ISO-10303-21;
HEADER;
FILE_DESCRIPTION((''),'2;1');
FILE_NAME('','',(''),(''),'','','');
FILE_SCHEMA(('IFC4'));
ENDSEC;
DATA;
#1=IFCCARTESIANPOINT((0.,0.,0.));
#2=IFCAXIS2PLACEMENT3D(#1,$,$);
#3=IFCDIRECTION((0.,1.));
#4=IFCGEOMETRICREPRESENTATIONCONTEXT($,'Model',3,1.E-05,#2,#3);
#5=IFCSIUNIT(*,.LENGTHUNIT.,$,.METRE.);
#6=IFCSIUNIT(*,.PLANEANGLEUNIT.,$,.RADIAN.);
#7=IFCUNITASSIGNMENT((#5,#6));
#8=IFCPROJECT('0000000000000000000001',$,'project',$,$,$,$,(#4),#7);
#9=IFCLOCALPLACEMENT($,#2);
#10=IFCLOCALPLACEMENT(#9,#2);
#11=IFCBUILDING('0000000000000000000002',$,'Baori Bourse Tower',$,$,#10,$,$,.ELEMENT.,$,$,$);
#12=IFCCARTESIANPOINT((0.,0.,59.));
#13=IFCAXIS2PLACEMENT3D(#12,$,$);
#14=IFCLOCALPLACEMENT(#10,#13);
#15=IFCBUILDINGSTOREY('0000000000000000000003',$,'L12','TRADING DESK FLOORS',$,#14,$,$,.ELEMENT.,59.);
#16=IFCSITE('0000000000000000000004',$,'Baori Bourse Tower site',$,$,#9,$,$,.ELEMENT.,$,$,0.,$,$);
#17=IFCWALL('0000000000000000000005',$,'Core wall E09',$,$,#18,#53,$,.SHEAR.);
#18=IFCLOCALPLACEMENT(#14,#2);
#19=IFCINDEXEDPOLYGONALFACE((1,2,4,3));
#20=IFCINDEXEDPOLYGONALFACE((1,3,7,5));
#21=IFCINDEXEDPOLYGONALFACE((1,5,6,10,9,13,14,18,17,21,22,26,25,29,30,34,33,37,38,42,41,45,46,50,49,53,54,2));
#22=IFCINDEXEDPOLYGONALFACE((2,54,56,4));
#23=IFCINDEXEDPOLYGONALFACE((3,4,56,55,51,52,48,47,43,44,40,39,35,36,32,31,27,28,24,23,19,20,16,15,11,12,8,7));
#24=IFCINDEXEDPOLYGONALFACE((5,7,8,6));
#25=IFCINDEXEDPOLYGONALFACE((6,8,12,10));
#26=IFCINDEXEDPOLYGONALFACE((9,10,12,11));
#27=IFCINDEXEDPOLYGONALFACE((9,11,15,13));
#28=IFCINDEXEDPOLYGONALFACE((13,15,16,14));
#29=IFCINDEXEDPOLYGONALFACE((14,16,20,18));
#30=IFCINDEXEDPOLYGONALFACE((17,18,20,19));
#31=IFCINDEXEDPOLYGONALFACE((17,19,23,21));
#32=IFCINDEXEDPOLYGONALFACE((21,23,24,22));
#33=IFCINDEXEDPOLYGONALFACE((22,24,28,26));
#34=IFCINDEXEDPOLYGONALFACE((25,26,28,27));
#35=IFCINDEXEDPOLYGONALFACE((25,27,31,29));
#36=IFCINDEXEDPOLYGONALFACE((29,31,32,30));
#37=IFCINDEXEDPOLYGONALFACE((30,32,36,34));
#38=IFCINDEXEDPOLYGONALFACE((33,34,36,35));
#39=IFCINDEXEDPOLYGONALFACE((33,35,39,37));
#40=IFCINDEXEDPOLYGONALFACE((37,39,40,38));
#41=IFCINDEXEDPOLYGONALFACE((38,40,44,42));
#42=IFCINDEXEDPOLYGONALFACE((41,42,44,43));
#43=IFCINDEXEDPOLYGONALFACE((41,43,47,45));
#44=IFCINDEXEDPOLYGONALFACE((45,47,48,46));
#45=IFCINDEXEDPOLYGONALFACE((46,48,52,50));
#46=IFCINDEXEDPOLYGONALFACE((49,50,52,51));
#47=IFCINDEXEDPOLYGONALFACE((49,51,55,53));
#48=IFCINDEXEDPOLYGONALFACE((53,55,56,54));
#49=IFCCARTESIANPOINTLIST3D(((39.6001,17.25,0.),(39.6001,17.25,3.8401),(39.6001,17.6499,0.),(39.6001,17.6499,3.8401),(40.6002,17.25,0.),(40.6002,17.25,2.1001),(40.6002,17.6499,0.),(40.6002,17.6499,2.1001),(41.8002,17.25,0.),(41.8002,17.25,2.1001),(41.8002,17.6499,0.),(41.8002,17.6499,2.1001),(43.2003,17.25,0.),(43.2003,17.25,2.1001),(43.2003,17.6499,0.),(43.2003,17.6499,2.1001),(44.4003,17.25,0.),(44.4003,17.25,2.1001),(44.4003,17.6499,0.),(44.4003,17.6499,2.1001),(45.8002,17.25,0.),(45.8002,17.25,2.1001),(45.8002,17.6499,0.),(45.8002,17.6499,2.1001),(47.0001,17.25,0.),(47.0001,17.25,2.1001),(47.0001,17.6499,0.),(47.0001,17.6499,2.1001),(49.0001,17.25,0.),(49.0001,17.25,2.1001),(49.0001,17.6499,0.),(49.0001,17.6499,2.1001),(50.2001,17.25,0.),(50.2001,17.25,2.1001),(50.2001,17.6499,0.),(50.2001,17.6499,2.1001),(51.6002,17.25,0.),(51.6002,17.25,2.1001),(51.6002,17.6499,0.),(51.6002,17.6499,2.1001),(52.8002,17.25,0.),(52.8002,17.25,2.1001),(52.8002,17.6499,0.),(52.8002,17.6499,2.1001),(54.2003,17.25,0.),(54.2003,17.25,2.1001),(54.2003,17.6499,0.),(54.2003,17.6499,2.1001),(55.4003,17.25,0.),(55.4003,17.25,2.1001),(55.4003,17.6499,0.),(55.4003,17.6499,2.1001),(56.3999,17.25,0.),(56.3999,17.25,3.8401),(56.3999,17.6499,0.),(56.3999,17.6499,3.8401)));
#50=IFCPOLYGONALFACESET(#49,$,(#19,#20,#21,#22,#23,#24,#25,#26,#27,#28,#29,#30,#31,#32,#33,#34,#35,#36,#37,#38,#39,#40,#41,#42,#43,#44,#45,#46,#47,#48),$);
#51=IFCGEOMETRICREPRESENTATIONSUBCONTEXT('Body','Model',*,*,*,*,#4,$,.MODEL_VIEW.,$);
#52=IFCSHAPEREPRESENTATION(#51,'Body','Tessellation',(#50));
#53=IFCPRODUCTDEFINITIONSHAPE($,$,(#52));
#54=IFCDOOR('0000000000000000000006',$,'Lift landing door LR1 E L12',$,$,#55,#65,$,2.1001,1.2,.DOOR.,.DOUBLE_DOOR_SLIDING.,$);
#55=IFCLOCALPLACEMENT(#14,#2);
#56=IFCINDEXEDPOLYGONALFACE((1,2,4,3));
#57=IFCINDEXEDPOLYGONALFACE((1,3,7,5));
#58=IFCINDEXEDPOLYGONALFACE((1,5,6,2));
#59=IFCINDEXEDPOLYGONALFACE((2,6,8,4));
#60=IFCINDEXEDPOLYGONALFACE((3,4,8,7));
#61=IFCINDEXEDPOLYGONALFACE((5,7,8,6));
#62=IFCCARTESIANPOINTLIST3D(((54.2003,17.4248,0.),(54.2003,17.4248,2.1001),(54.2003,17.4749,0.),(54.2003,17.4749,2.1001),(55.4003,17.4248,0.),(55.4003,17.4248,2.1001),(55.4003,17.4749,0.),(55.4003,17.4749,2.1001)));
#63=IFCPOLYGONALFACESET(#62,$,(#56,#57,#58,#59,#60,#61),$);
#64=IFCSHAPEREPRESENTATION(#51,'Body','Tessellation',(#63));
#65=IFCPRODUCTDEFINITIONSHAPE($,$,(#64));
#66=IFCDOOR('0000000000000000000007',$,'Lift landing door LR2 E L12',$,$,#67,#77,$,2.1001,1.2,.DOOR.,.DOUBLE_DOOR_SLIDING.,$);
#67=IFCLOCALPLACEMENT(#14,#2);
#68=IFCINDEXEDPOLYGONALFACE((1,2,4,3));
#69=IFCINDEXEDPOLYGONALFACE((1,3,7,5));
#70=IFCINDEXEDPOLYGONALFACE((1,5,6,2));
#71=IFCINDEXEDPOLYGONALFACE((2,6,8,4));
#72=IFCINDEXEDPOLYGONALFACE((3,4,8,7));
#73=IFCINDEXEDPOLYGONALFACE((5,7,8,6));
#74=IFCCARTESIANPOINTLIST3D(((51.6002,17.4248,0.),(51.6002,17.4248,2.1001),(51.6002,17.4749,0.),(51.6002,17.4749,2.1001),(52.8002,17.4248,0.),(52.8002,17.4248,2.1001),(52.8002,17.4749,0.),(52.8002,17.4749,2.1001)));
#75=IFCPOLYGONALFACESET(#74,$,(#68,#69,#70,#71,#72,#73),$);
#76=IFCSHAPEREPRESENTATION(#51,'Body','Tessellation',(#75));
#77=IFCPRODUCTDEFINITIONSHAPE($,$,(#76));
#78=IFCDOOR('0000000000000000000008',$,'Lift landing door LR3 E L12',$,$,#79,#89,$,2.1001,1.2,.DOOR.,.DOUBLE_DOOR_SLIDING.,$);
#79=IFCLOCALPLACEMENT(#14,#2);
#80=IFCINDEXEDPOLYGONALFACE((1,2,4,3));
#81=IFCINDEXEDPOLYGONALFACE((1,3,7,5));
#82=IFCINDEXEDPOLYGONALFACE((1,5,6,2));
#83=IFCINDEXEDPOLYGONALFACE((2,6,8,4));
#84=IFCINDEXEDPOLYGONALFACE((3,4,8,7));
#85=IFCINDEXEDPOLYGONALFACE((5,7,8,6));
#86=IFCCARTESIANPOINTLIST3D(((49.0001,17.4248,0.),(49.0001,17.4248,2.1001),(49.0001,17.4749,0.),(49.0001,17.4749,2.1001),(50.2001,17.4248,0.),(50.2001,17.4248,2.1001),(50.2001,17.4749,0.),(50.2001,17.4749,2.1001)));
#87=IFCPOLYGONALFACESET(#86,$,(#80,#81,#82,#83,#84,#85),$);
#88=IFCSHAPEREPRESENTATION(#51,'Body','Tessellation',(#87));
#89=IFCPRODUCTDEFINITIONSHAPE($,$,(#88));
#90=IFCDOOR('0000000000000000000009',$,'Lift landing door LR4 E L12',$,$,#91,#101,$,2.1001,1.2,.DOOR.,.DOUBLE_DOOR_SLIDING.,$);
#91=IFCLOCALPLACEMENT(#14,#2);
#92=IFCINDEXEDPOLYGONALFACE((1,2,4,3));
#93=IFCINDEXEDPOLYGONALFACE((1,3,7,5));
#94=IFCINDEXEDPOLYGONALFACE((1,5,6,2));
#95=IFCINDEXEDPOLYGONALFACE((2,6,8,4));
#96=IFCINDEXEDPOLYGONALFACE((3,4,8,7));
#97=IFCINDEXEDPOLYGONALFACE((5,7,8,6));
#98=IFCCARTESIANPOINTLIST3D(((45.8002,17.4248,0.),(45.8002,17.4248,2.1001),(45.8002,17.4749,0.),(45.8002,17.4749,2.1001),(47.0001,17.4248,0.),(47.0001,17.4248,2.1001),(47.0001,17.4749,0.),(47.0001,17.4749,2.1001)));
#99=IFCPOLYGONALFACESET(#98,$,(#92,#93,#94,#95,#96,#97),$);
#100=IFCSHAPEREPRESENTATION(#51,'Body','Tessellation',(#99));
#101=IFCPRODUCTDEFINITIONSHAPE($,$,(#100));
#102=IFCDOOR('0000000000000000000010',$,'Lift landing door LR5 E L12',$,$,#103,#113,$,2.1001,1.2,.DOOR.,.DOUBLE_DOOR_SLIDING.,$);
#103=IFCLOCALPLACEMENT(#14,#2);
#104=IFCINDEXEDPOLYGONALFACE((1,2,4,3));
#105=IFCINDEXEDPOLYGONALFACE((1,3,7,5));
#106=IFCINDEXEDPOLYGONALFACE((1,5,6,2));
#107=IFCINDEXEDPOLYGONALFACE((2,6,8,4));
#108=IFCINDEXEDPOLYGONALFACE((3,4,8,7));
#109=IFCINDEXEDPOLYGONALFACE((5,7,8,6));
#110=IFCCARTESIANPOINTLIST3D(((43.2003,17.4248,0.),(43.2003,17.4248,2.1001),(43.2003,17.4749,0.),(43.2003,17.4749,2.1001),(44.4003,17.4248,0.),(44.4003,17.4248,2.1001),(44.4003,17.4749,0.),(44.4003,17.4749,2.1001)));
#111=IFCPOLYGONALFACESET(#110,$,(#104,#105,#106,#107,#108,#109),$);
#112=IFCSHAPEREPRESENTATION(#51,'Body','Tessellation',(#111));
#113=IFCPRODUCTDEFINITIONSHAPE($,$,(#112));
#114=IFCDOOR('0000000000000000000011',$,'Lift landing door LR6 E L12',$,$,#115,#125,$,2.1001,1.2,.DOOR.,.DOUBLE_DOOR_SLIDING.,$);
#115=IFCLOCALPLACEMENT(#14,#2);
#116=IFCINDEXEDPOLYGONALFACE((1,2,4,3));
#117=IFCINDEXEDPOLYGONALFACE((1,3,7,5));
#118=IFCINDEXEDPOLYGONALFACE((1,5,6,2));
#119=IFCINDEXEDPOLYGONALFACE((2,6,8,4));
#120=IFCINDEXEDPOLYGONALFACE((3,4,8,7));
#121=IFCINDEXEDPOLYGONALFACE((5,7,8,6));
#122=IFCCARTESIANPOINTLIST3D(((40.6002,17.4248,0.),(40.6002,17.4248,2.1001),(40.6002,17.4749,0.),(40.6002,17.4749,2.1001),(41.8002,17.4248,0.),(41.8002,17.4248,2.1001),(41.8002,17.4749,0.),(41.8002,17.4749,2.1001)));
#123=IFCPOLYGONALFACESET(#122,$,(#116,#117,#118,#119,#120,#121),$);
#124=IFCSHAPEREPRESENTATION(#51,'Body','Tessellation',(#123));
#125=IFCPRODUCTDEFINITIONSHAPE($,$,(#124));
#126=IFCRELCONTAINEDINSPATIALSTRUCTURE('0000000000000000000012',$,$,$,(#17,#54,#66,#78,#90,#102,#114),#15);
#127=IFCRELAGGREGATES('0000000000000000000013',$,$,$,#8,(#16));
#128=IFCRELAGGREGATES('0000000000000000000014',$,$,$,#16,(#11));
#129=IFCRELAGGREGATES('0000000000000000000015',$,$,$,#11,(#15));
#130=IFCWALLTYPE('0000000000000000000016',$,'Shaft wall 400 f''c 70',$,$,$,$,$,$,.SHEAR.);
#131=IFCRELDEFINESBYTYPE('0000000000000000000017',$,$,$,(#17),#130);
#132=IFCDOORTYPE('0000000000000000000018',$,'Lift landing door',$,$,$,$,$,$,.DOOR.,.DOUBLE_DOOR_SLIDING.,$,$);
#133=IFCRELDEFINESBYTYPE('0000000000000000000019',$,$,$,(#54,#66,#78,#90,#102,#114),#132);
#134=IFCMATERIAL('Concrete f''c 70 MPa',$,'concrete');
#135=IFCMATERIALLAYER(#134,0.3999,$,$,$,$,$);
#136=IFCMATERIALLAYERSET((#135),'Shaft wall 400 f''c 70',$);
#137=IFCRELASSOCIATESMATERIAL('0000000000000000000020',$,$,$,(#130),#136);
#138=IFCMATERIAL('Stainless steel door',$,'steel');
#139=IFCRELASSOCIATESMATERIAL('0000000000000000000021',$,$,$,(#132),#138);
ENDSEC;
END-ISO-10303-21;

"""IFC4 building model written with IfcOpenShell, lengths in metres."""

from ifc_helpers import new_model, si_unit, direction, frame, frame_2d, origin, place, context, subcontext, project, spatial, rectangle, extrude, material, layer, layer_set, type_object, element, fill, save


model = new_model("IFC4")

# Units and contexts
model_context = context("Model", 3, precision=1e-05, world=origin(), true_north=direction((0.0, 1.0)))
body_context = subcontext(model_context, "Body", "Model", "MODEL_VIEW")
ifc_project = project(units=[si_unit("LENGTHUNIT", "METRE"), si_unit("PLANEANGLEUNIT", "RADIAN")], contexts=[model_context])

# Site, building, storey
site_placement = place(None, origin())
site = spatial("IfcSite", under=ifc_project, at=site_placement, Name="Baori Bourse Tower site", CompositionType="ELEMENT", RefElevation=0.0)
building_placement = place(site_placement, origin())
building = spatial("IfcBuilding", under=site, at=building_placement, Name="Baori Bourse Tower", CompositionType="ELEMENT")
storey_placement = place(building_placement, frame((0.0, 0.0, 59.0)))
storey = spatial("IfcBuildingStorey", under=building, at=storey_placement, Name="L12", Description="TRADING DESK FLOORS", CompositionType="ELEMENT", Elevation=59.0)

# Wall, openings, doors
ifc_material_1 = material(Name="Concrete f'c 70 MPa", Category="concrete")
ifc_layer_1 = layer(ifc_material_1, 0.3999)
ifc_layer_set_1 = layer_set([ifc_layer_1], Name="Shaft wall 400 f'c 70")
wall_type_1 = type_object("IfcWallType", Name="Shaft wall 400 f'c 70", PredefinedType="SHEAR", material=ifc_layer_set_1)
wall_1_placement = place(storey_placement, frame((39.6001, 17.45, 0.0), z_axis=(0.0, 0.0, 1.0), x_axis=(1.0, 0.0, 0.0)))
wall_1 = element("IfcWall", 1, at=wall_1_placement, inside=storey, type_object=wall_type_1, Name="Core wall E09", PredefinedType="SHEAR", context=body_context, shape_type="SweptSolid", body=[
    extrude(rectangle(XDim=16.7998, YDim=0.3999, at=frame_2d((8.3999, 0.0))), origin(), (0.0, 0.0, 1.0), 3.8401),
])
opening_1_placement = place(wall_1_placement, frame((14.6001, 0.0, 0.0)))
opening_1 = element("IfcOpeningElement", 2, at=opening_1_placement, cuts=wall_1, PredefinedType="OPENING", context=body_context, shape_type="SweptSolid", body=[
    extrude(rectangle(XDim=1.2, YDim=2.1001, at=frame_2d((0.6001, 1.05))), frame((0.0, 0.21, 0.0), z_axis=(0.0, -1.0, 0.0), x_axis=(1.0, 0.0, 0.0)), (0.0, 0.0, 1.0), 0.4199),
])
opening_2_placement = place(wall_1_placement, frame((12.0, 0.0, 0.0)))
opening_2 = element("IfcOpeningElement", 3, at=opening_2_placement, cuts=wall_1, PredefinedType="OPENING", context=body_context, shape_type="SweptSolid", body=[
    extrude(rectangle(XDim=1.2, YDim=2.1001, at=frame_2d((0.6001, 1.05))), frame((0.0, 0.21, 0.0), z_axis=(0.0, -1.0, 0.0), x_axis=(1.0, 0.0, 0.0)), (0.0, 0.0, 1.0), 0.4199),
])
opening_3_placement = place(wall_1_placement, frame((9.3999, 0.0, 0.0)))
opening_3 = element("IfcOpeningElement", 4, at=opening_3_placement, cuts=wall_1, PredefinedType="OPENING", context=body_context, shape_type="SweptSolid", body=[
    extrude(rectangle(XDim=1.2, YDim=2.1001, at=frame_2d((0.6001, 1.05))), frame((0.0, 0.21, 0.0), z_axis=(0.0, -1.0, 0.0), x_axis=(1.0, 0.0, 0.0)), (0.0, 0.0, 1.0), 0.4199),
])
opening_4_placement = place(wall_1_placement, frame((6.2, 0.0, 0.0)))
opening_4 = element("IfcOpeningElement", 5, at=opening_4_placement, cuts=wall_1, PredefinedType="OPENING", context=body_context, shape_type="SweptSolid", body=[
    extrude(rectangle(XDim=1.2, YDim=2.1001, at=frame_2d((0.6001, 1.05))), frame((0.0, 0.21, 0.0), z_axis=(0.0, -1.0, 0.0), x_axis=(1.0, 0.0, 0.0)), (0.0, 0.0, 1.0), 0.4199),
])
opening_5_placement = place(wall_1_placement, frame((3.6001, 0.0, 0.0)))
opening_5 = element("IfcOpeningElement", 6, at=opening_5_placement, cuts=wall_1, PredefinedType="OPENING", context=body_context, shape_type="SweptSolid", body=[
    extrude(rectangle(XDim=1.2, YDim=2.1001, at=frame_2d((0.6001, 1.05))), frame((0.0, 0.21, 0.0), z_axis=(0.0, -1.0, 0.0), x_axis=(1.0, 0.0, 0.0)), (0.0, 0.0, 1.0), 0.4199),
])
opening_6_placement = place(wall_1_placement, frame((1.0, 0.0, 0.0)))
opening_6 = element("IfcOpeningElement", 7, at=opening_6_placement, cuts=wall_1, PredefinedType="OPENING", context=body_context, shape_type="SweptSolid", body=[
    extrude(rectangle(XDim=1.2, YDim=2.1001, at=frame_2d((0.6001, 1.05))), frame((0.0, 0.21, 0.0), z_axis=(0.0, -1.0, 0.0), x_axis=(1.0, 0.0, 0.0)), (0.0, 0.0, 1.0), 0.4199),
])
ifc_material_2 = material(Name="Stainless steel door", Category="steel")
door_type_1 = type_object("IfcDoorType", Name="Lift landing door", OperationType="DOUBLE_DOOR_SLIDING", PredefinedType="DOOR", material=ifc_material_2)
door_1_placement = place(opening_1_placement, origin())
door_1 = element("IfcDoor", 8, at=door_1_placement, inside=storey, type_object=door_type_1, Name="Lift landing door LR1 E L12", OperationType="DOUBLE_DOOR_SLIDING", OverallHeight=2.1001, OverallWidth=1.2, PredefinedType="DOOR", context=body_context, shape_type="SweptSolid", body=[
    extrude(rectangle(XDim=1.2, YDim=2.1001, at=frame_2d((0.6001, 1.05))), frame((0.0, 0.0249, 0.0), z_axis=(0.0, -1.0, 0.0), x_axis=(1.0, 0.0, 0.0)), (0.0, 0.0, 1.0), 0.05),
])
fill(opening_1, door_1)
door_2_placement = place(opening_2_placement, origin())
door_2 = element("IfcDoor", 9, at=door_2_placement, inside=storey, type_object=door_type_1, Name="Lift landing door LR2 E L12", OperationType="DOUBLE_DOOR_SLIDING", OverallHeight=2.1001, OverallWidth=1.2, PredefinedType="DOOR", context=body_context, shape_type="SweptSolid", body=[
    extrude(rectangle(XDim=1.2, YDim=2.1001, at=frame_2d((0.6001, 1.05))), frame((0.0, 0.0249, 0.0), z_axis=(0.0, -1.0, 0.0), x_axis=(1.0, 0.0, 0.0)), (0.0, 0.0, 1.0), 0.05),
])
fill(opening_2, door_2)
door_3_placement = place(opening_3_placement, origin())
door_3 = element("IfcDoor", 10, at=door_3_placement, inside=storey, type_object=door_type_1, Name="Lift landing door LR3 E L12", OperationType="DOUBLE_DOOR_SLIDING", OverallHeight=2.1001, OverallWidth=1.2, PredefinedType="DOOR", context=body_context, shape_type="SweptSolid", body=[
    extrude(rectangle(XDim=1.2, YDim=2.1001, at=frame_2d((0.6001, 1.05))), frame((0.0, 0.0249, 0.0), z_axis=(0.0, -1.0, 0.0), x_axis=(1.0, 0.0, 0.0)), (0.0, 0.0, 1.0), 0.05),
])
fill(opening_3, door_3)
door_4_placement = place(opening_4_placement, origin())
door_4 = element("IfcDoor", 11, at=door_4_placement, inside=storey, type_object=door_type_1, Name="Lift landing door LR4 E L12", OperationType="DOUBLE_DOOR_SLIDING", OverallHeight=2.1001, OverallWidth=1.2, PredefinedType="DOOR", context=body_context, shape_type="SweptSolid", body=[
    extrude(rectangle(XDim=1.2, YDim=2.1001, at=frame_2d((0.6001, 1.05))), frame((0.0, 0.0249, 0.0), z_axis=(0.0, -1.0, 0.0), x_axis=(1.0, 0.0, 0.0)), (0.0, 0.0, 1.0), 0.05),
])
fill(opening_4, door_4)
door_5_placement = place(opening_5_placement, origin())
door_5 = element("IfcDoor", 12, at=door_5_placement, inside=storey, type_object=door_type_1, Name="Lift landing door LR5 E L12", OperationType="DOUBLE_DOOR_SLIDING", OverallHeight=2.1001, OverallWidth=1.2, PredefinedType="DOOR", context=body_context, shape_type="SweptSolid", body=[
    extrude(rectangle(XDim=1.2, YDim=2.1001, at=frame_2d((0.6001, 1.05))), frame((0.0, 0.0249, 0.0), z_axis=(0.0, -1.0, 0.0), x_axis=(1.0, 0.0, 0.0)), (0.0, 0.0, 1.0), 0.05),
])
fill(opening_5, door_5)
door_6_placement = place(opening_6_placement, origin())
door_6 = element("IfcDoor", 13, at=door_6_placement, inside=storey, type_object=door_type_1, Name="Lift landing door LR6 E L12", OperationType="DOUBLE_DOOR_SLIDING", OverallHeight=2.1001, OverallWidth=1.2, PredefinedType="DOOR", context=body_context, shape_type="SweptSolid", body=[
    extrude(rectangle(XDim=1.2, YDim=2.1001, at=frame_2d((0.6001, 1.05))), frame((0.0, 0.0249, 0.0), z_axis=(0.0, -1.0, 0.0), x_axis=(1.0, 0.0, 0.0)), (0.0, 0.0, 1.0), 0.05),
])
fill(opening_6, door_6)

save(model, "model.ifc")
